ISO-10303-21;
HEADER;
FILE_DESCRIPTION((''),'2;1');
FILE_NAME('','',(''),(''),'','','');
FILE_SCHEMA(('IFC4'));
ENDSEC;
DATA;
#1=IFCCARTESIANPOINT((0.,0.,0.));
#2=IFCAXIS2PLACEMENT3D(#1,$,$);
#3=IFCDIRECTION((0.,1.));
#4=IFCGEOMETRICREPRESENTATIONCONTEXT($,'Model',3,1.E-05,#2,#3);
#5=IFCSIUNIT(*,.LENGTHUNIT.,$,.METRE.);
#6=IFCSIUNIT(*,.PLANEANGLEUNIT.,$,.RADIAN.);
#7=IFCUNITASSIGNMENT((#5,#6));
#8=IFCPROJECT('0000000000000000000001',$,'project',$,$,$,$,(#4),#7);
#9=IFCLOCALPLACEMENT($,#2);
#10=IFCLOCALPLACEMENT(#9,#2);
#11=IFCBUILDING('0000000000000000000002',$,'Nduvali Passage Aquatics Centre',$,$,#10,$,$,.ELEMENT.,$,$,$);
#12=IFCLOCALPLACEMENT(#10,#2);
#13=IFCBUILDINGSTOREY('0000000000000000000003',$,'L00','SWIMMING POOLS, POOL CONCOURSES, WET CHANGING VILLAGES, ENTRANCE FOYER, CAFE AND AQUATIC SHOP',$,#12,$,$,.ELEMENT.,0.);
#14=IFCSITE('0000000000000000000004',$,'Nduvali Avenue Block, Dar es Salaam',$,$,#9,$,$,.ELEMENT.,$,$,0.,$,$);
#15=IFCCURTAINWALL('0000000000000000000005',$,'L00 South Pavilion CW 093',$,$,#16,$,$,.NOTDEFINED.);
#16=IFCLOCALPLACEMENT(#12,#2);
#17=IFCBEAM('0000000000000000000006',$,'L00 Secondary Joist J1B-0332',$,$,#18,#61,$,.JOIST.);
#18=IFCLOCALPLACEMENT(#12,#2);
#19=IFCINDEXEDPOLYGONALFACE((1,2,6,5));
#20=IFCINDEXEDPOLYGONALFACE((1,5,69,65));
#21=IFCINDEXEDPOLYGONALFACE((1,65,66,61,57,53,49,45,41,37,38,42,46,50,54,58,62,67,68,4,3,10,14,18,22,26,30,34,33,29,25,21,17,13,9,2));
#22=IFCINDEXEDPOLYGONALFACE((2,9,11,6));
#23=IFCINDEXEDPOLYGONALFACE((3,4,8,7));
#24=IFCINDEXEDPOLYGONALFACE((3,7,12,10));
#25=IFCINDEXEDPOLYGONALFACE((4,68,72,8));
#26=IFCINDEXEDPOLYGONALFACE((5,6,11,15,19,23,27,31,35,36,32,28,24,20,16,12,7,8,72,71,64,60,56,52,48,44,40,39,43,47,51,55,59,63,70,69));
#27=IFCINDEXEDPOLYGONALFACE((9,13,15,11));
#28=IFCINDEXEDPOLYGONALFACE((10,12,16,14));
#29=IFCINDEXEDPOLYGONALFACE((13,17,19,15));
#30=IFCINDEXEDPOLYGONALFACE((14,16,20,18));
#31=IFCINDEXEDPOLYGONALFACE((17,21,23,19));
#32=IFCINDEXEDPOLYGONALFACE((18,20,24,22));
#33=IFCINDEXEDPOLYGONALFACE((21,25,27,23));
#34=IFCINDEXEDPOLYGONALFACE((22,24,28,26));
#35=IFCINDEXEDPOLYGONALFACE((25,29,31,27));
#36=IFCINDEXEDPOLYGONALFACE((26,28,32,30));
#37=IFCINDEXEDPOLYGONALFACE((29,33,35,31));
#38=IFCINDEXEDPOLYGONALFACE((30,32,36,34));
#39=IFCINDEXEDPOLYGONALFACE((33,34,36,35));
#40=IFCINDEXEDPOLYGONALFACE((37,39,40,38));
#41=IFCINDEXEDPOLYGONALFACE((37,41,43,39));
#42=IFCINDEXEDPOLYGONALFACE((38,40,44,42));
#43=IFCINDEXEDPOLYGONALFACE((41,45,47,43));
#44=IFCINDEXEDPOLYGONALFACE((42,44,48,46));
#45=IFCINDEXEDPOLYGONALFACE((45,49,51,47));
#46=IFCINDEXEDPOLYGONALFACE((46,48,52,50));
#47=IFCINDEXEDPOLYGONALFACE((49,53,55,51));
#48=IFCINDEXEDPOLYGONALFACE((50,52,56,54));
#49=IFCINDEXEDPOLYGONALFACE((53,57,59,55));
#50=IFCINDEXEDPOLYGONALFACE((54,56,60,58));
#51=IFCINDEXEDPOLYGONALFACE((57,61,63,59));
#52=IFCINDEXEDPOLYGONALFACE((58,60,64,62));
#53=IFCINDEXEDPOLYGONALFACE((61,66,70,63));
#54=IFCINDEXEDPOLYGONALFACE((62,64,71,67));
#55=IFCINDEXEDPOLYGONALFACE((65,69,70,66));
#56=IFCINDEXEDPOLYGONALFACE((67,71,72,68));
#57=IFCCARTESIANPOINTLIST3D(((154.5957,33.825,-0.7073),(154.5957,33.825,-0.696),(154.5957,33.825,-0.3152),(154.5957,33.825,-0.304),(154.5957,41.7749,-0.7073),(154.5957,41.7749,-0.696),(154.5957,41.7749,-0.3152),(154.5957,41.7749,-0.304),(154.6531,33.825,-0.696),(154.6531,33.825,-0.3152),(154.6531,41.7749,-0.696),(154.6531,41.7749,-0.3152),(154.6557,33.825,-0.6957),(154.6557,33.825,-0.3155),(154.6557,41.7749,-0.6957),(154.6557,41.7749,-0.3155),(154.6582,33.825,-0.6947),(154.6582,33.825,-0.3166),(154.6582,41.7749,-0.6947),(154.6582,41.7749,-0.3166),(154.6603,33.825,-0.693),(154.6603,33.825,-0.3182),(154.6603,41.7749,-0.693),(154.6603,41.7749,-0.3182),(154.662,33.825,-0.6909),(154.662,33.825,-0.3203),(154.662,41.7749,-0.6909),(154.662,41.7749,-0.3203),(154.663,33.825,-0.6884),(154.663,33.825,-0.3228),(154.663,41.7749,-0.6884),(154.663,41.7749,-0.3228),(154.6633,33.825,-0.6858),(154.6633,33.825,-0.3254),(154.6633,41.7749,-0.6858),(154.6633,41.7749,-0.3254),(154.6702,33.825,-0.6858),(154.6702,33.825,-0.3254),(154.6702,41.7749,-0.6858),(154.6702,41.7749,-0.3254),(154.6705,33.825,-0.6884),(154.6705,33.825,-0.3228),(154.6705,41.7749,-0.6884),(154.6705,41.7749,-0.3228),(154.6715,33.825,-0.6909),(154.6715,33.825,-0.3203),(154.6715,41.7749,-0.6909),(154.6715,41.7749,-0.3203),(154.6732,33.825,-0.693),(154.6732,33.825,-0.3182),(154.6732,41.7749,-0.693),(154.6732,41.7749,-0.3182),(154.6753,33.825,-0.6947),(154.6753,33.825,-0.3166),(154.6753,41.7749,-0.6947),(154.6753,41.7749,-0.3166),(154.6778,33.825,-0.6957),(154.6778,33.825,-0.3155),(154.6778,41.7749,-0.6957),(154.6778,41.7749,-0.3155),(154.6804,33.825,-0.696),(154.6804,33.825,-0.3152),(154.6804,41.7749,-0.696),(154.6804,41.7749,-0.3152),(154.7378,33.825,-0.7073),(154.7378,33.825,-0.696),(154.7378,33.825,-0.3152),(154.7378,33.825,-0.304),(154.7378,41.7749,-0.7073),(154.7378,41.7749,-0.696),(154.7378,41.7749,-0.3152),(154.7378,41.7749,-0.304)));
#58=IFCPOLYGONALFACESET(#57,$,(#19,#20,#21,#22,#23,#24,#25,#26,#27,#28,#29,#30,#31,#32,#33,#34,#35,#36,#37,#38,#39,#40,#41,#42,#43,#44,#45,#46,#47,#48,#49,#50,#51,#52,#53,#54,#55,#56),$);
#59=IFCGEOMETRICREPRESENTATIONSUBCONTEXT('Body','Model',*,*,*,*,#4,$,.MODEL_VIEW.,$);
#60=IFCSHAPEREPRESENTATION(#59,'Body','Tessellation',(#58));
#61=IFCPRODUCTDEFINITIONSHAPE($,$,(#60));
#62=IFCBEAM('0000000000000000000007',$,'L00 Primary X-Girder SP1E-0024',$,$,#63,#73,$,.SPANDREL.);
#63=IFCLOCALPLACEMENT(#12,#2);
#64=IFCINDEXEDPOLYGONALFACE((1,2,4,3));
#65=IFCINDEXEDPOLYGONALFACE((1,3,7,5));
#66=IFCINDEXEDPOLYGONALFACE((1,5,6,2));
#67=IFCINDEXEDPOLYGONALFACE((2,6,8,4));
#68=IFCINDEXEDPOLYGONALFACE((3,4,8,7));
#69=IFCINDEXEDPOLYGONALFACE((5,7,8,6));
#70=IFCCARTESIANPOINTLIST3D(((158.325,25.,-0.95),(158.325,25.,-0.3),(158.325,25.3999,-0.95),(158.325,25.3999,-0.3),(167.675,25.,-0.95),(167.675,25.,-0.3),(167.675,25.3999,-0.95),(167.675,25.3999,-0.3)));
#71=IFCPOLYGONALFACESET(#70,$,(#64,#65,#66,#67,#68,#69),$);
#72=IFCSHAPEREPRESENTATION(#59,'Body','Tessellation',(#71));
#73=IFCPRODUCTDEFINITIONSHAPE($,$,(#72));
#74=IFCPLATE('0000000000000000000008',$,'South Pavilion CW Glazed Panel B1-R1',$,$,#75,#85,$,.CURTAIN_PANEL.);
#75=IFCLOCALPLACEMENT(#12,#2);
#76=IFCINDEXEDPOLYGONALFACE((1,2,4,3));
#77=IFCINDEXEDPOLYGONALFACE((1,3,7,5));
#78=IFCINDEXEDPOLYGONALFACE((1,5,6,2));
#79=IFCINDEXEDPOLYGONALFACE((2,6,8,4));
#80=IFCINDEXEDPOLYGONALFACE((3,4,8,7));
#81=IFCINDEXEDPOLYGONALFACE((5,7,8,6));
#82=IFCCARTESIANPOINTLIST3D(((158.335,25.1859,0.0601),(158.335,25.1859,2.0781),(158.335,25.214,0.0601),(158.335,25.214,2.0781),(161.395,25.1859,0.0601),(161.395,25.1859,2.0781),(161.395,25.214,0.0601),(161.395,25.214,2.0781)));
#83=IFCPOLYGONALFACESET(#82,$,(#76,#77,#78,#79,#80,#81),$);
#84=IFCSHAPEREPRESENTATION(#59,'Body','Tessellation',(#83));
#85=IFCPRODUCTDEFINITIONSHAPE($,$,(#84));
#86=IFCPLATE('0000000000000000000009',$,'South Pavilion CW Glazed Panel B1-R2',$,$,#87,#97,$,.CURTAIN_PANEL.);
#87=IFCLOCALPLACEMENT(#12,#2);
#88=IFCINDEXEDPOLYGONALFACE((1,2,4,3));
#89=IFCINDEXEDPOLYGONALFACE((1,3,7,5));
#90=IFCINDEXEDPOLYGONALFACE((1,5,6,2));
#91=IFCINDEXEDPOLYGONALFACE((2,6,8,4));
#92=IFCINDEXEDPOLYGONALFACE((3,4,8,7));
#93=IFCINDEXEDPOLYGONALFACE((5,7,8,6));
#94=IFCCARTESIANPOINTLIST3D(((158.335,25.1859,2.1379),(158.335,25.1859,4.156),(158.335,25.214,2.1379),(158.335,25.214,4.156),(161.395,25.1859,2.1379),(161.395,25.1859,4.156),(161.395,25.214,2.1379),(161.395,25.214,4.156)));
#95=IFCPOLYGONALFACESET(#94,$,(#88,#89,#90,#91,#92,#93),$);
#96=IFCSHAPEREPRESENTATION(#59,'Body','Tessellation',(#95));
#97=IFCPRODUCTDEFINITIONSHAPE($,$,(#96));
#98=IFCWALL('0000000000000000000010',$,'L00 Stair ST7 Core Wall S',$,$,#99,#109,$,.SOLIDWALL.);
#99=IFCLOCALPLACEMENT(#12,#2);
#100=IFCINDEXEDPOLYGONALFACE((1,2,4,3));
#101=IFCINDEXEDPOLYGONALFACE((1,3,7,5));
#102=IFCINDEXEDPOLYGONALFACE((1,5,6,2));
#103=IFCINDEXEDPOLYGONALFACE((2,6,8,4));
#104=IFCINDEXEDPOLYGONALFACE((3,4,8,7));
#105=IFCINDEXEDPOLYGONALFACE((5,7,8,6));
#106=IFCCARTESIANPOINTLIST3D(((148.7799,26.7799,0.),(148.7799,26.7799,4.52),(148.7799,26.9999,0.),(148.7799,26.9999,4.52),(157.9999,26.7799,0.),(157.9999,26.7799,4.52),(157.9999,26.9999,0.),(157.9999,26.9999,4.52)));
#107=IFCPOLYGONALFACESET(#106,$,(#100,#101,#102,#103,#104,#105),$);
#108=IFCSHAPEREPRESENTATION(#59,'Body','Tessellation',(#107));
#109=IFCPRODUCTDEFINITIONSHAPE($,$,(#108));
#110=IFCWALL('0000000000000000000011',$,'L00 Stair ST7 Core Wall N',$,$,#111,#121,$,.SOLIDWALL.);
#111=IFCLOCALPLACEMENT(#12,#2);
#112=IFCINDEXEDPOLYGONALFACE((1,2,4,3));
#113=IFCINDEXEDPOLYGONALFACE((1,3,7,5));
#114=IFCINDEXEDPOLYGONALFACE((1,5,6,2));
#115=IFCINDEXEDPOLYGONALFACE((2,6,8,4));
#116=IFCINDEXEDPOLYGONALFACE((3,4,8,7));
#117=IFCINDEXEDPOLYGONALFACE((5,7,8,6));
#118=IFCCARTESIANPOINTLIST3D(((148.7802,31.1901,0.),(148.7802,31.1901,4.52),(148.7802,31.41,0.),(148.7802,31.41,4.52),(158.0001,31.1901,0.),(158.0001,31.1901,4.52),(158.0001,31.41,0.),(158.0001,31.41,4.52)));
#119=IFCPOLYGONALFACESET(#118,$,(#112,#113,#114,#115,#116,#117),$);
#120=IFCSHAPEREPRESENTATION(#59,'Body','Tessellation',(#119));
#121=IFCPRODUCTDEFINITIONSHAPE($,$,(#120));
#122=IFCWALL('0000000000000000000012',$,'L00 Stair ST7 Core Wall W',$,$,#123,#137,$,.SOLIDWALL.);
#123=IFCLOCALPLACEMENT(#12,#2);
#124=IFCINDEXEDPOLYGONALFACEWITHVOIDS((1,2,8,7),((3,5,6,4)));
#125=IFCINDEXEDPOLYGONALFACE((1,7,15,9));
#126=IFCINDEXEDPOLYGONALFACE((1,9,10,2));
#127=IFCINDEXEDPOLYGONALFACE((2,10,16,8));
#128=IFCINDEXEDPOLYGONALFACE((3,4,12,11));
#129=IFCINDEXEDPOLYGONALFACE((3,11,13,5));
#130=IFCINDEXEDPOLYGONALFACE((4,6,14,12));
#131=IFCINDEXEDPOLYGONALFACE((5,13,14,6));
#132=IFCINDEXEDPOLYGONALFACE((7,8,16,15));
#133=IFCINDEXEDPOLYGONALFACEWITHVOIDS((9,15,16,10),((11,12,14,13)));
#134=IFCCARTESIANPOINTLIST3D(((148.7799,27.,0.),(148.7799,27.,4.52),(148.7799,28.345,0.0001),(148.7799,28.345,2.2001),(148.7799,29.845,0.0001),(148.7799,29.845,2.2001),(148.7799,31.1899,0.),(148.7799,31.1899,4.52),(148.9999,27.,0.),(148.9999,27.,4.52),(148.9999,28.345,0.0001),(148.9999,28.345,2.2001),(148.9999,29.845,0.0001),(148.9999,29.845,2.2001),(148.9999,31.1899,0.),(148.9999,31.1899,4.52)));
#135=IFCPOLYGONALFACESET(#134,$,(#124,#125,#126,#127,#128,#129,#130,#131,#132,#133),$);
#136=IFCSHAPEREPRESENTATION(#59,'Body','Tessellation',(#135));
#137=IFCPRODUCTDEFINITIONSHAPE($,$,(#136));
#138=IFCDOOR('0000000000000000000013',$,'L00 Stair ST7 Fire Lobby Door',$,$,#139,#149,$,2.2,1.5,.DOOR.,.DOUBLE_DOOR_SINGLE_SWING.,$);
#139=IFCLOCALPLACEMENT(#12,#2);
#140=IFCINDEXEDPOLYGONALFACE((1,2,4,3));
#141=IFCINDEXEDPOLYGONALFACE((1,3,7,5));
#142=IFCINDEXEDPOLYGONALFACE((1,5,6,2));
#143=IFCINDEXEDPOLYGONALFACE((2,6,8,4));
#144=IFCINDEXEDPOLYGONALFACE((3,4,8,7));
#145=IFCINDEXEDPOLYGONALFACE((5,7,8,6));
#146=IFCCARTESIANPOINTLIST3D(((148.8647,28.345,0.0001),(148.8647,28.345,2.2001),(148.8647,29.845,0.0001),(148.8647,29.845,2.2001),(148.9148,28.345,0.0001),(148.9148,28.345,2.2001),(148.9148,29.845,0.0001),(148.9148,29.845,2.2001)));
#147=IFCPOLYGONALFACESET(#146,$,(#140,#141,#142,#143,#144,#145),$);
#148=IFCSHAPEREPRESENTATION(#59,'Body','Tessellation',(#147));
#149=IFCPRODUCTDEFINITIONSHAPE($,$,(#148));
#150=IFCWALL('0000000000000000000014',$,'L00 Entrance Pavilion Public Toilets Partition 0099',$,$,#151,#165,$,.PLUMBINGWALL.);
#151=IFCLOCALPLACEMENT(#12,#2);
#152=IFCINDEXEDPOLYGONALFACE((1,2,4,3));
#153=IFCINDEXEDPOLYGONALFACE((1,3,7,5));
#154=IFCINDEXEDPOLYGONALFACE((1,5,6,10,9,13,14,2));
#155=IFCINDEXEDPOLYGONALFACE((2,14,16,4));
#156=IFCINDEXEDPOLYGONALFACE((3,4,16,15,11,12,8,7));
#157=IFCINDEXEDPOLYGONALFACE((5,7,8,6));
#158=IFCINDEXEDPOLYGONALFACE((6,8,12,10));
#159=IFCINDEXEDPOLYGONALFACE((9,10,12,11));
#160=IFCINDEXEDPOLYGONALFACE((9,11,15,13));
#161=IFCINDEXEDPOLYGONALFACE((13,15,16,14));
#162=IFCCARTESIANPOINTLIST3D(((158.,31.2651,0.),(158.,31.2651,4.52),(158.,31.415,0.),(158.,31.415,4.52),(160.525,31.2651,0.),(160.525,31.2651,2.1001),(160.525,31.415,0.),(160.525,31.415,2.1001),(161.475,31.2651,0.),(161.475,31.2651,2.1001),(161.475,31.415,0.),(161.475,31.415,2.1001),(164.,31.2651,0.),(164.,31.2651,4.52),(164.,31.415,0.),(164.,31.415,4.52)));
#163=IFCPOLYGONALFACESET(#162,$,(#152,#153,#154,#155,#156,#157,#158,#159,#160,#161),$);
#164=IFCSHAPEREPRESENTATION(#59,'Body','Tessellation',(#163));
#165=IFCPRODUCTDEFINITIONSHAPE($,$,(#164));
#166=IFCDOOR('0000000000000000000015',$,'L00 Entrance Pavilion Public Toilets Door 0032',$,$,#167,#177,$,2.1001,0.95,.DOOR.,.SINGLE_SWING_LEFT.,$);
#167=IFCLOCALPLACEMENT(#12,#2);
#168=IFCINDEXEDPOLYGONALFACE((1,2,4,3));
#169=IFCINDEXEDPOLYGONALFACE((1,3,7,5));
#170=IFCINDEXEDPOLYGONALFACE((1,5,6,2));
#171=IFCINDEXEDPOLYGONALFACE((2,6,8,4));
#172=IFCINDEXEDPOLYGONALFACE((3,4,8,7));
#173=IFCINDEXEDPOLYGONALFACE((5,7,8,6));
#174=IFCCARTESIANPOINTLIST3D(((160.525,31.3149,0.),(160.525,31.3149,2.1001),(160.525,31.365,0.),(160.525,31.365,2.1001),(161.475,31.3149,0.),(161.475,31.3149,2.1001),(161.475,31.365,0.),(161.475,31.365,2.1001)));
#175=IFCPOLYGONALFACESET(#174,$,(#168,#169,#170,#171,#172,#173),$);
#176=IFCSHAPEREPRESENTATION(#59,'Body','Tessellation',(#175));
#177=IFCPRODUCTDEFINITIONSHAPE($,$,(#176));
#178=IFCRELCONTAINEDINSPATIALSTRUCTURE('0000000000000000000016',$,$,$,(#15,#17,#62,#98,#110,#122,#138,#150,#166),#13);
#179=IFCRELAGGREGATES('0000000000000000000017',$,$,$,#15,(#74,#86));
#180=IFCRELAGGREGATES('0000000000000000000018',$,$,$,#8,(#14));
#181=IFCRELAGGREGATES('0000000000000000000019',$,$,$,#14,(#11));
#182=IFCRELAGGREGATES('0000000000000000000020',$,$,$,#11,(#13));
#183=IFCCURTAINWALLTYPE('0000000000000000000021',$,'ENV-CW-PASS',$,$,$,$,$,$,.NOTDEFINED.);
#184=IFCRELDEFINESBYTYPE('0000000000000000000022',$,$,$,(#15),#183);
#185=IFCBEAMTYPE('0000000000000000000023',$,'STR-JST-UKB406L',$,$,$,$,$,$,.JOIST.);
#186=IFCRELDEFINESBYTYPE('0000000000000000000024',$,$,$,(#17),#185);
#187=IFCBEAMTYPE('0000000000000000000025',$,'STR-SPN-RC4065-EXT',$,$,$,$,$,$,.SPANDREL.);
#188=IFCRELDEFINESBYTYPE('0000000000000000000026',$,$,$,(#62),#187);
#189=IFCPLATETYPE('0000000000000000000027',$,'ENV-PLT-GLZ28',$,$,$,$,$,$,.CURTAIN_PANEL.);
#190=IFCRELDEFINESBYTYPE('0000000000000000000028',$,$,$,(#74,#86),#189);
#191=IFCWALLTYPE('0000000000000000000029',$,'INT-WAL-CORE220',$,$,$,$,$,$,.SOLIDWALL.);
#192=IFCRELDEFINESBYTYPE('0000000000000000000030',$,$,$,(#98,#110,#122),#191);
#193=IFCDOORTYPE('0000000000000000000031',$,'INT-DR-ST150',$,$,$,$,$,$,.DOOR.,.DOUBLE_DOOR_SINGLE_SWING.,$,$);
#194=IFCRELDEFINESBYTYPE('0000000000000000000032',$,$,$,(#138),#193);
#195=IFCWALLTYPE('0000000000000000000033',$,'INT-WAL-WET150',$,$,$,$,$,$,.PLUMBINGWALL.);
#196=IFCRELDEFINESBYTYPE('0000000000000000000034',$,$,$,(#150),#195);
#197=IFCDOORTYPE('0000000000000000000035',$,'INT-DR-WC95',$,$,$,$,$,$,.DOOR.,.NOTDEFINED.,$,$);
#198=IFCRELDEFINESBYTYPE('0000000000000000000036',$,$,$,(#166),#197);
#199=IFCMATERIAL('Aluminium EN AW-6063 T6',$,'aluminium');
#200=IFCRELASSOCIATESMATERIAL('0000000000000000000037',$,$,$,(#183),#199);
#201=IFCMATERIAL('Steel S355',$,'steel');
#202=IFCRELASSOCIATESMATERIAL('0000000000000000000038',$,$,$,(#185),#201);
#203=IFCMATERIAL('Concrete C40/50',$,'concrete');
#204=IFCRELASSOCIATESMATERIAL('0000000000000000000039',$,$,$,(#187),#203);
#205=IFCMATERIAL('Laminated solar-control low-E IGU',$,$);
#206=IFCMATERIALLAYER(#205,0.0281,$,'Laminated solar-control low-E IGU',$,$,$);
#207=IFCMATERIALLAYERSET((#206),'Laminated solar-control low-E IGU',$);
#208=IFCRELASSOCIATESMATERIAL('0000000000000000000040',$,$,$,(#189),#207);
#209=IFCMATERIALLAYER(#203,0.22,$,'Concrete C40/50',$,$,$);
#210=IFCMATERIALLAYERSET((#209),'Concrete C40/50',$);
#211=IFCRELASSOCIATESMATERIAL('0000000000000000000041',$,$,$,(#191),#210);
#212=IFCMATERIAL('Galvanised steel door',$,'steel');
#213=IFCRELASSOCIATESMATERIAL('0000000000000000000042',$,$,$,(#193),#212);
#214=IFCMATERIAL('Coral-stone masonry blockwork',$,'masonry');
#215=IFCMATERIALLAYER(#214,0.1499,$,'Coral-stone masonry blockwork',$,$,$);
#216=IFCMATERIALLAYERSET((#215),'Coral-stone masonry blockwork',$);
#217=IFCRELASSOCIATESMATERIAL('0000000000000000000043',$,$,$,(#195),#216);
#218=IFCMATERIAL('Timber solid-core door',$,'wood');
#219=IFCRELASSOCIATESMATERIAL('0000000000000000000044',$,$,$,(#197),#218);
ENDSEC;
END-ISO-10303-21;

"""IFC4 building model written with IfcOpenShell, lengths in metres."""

from ifc_helpers import new_model, si_unit, direction, frame, frame_2d, origin, origin_2d, place, context, subcontext, project, spatial, rectangle, i_section, extrude, material, layer, layer_set, material_profile, profile_set, type_object, element, fill, aggregate, save


model = new_model("IFC4")

# Units and contexts
model_context = context("Model", 3, precision=1e-05, world=origin(), true_north=direction((0.0, 1.0)))
body_context = subcontext(model_context, "Body", "Model", "MODEL_VIEW")
ifc_project = project(units=[si_unit("LENGTHUNIT", "METRE"), si_unit("PLANEANGLEUNIT", "RADIAN")], contexts=[model_context])

# Site, building, storey
site_placement = place(None, origin())
site = spatial("IfcSite", under=ifc_project, at=site_placement, Name="Nduvali Avenue Block, Dar es Salaam", CompositionType="ELEMENT", RefElevation=0.0)
building_placement = place(site_placement, origin())
building = spatial("IfcBuilding", under=site, at=building_placement, Name="Nduvali Passage Aquatics Centre", CompositionType="ELEMENT")
storey_placement = place(building_placement, origin())
storey = spatial("IfcBuildingStorey", under=building, at=storey_placement, Name="L00", Description="SWIMMING POOLS, POOL CONCOURSES, WET CHANGING VILLAGES, ENTRANCE FOYER, CAFE AND AQUATIC SHOP", CompositionType="ELEMENT", Elevation=0.0)

# Shared definitions
ifc_material_1 = material(Name="Concrete C40/50", Category="concrete")

# Curtain wall
ifc_material_2 = material(Name="Aluminium EN AW-6063 T6", Category="aluminium")
curtain_wall_type = type_object("IfcCurtainWallType", Name="ENV-CW-PASS", PredefinedType="NOTDEFINED", material=ifc_material_2)
curtain_wall_placement = place(storey_placement, origin())
curtain_wall = element("IfcCurtainWall", 1, at=curtain_wall_placement, inside=storey, type_object=curtain_wall_type, Name="L00 South Pavilion CW 093", PredefinedType="NOTDEFINED")

# Beams
ifc_material_3 = material(Name="Steel S355", Category="steel")
ifc_material_profile_1 = material_profile(ifc_material_3, i_section(OverallWidth=0.1421, OverallDepth=0.4033, WebThickness=0.0068, FlangeThickness=0.0112, FilletRadius=0.0103, at=origin_2d()), Name="UKB 406x140x46")
ifc_profile_set_1 = profile_set([ifc_material_profile_1], Name="Steel S355")
beam_type_1 = type_object("IfcBeamType", Name="STR-JST-UKB406L", PredefinedType="JOIST", material=ifc_profile_set_1)
for number, where, z_axis, x_axis, name in (
    (2, (154.6667, 33.825, -0.5056), (0.0, 1.0, 0.0), (-1.0, 0.0, 0.0), "L00 Secondary Joist J1B-0332"),
):
    element("IfcBeam", number, at=place(storey_placement, frame(where, z_axis=z_axis, x_axis=x_axis)), inside=storey, type_object=beam_type_1, Name=name, PredefinedType="JOIST", context=body_context, shape_type="SweptSolid", body=[
        extrude(i_section(OverallWidth=0.1421, OverallDepth=0.4033, WebThickness=0.0068, FlangeThickness=0.0112, FilletRadius=0.0103, at=origin_2d()), origin(), (0.0, 0.0, 1.0), 7.95),
    ])
ifc_material_profile_2 = material_profile(ifc_material_1, rectangle(XDim=0.3999, YDim=0.6499, at=origin_2d()), Name="RC 400x650")
ifc_profile_set_2 = profile_set([ifc_material_profile_2], Name="Concrete C40/50")
beam_type_2 = type_object("IfcBeamType", Name="STR-SPN-RC4065-EXT", PredefinedType="SPANDREL", material=ifc_profile_set_2)
beam_1_placement = place(storey_placement, frame((158.325, 25.2, -0.625), z_axis=(1.0, 0.0, 0.0), x_axis=(0.0, 1.0, 0.0)))
element("IfcBeam", 3, at=beam_1_placement, inside=storey, type_object=beam_type_2, Name="L00 Primary X-Girder SP1E-0024", PredefinedType="SPANDREL", context=body_context, shape_type="SweptSolid", body=[
    extrude(rectangle(XDim=0.3999, YDim=0.6499, at=origin_2d()), origin(), (0.0, 0.0, 1.0), 9.3501),
])

# Plates
ifc_material_4 = material(Name="Laminated solar-control low-E IGU")
ifc_layer_1 = layer(ifc_material_4, 0.0281, Name="Laminated solar-control low-E IGU")
ifc_layer_set_1 = layer_set([ifc_layer_1], Name="Laminated solar-control low-E IGU")
plate_type = type_object("IfcPlateType", Name="ENV-PLT-GLZ28", PredefinedType="CURTAIN_PANEL", material=ifc_layer_set_1)
plate_1_placement = place(storey_placement, frame((159.865, 25.2, 0.0601), z_axis=(0.0, 0.0, 1.0), x_axis=(1.0, 0.0, 0.0)))
plate_1 = element("IfcPlate", 4, at=plate_1_placement, type_object=plate_type, Name="South Pavilion CW Glazed Panel B1-R1", PredefinedType="CURTAIN_PANEL", context=body_context, shape_type="SweptSolid", body=[
    extrude(rectangle(XDim=3.0601, YDim=0.0281, at=origin_2d()), origin(), (0.0, 0.0, 1.0), 2.0181),
])
plate_2_placement = place(storey_placement, frame((159.865, 25.2, 2.1379), z_axis=(0.0, 0.0, 1.0), x_axis=(1.0, 0.0, 0.0)))
plate_2 = element("IfcPlate", 5, at=plate_2_placement, type_object=plate_type, Name="South Pavilion CW Glazed Panel B1-R2", PredefinedType="CURTAIN_PANEL", context=body_context, shape_type="SweptSolid", body=[
    extrude(rectangle(XDim=3.0601, YDim=0.0281, at=origin_2d()), origin(), (0.0, 0.0, 1.0), 2.0181),
])
aggregate(curtain_wall, [plate_1, plate_2])

# Walls
ifc_layer_2 = layer(ifc_material_1, 0.22, Name="Concrete C40/50")
ifc_layer_set_2 = layer_set([ifc_layer_2], Name="Concrete C40/50")
wall_type_1 = type_object("IfcWallType", Name="INT-WAL-CORE220", PredefinedType="SOLIDWALL", material=ifc_layer_set_2)
for number, where, z_axis, x_axis, name in (
    (6, (148.78, 26.8899, 0.0), (0.0, 0.0, 1.0), (1.0, 0.0, 0.0), "L00 Stair ST7 Core Wall S"),
    (7, (158.0, 31.3, 0.0), (0.0, 0.0, 1.0), (-1.0, 0.0, 0.0), "L00 Stair ST7 Core Wall N"),
):
    element("IfcWall", number, at=place(storey_placement, frame(where, z_axis=z_axis, x_axis=x_axis)), inside=storey, type_object=wall_type_1, Name=name, PredefinedType="SOLIDWALL", context=body_context, shape_type="SweptSolid", body=[
        extrude(rectangle(XDim=9.22, YDim=0.22, at=frame_2d((4.6099, 0.0))), origin(), (0.0, 0.0, 1.0), 4.52),
    ])

# Walls, openings, doors
wall_1_placement = place(storey_placement, frame((148.8899, 31.1899, 0.0), z_axis=(0.0, 0.0, 1.0), x_axis=(0.0, -1.0, 0.0)))
wall_1 = element("IfcWall", 8, at=wall_1_placement, inside=storey, type_object=wall_type_1, Name="L00 Stair ST7 Core Wall W", PredefinedType="SOLIDWALL", context=body_context, shape_type="SweptSolid", body=[
    extrude(rectangle(XDim=4.1899, YDim=0.22, at=frame_2d((2.095, 0.0))), origin(), (0.0, 0.0, 1.0), 4.52),
])
opening_1_placement = place(wall_1_placement, frame((1.345, 0.0, 0.0)))
opening_1 = element("IfcOpeningElement", 9, at=opening_1_placement, cuts=wall_1, PredefinedType="OPENING", context=body_context, shape_type="SweptSolid", body=[
    extrude(rectangle(XDim=1.5, YDim=2.2, at=frame_2d((0.75, 1.1001))), frame((0.0, 0.125, 0.0), z_axis=(0.0, -1.0, 0.0), x_axis=(1.0, 0.0, 0.0)), (0.0, 0.0, 1.0), 0.2498),
])
ifc_material_5 = material(Name="Galvanised steel door", Category="steel")
door_type_1 = type_object("IfcDoorType", Name="INT-DR-ST150", OperationType="DOUBLE_DOOR_SINGLE_SWING", PredefinedType="DOOR", material=ifc_material_5)
door_1_placement = place(opening_1_placement, origin())
door_1 = element("IfcDoor", 10, at=door_1_placement, inside=storey, type_object=door_type_1, Name="L00 Stair ST7 Fire Lobby Door", OperationType="DOUBLE_DOOR_SINGLE_SWING", OverallHeight=2.2, OverallWidth=1.5, PredefinedType="DOOR", context=body_context, shape_type="SweptSolid", body=[
    extrude(rectangle(XDim=1.5, YDim=2.2, at=frame_2d((0.75, 1.1001))), frame((0.0, 0.0249, 0.0), z_axis=(0.0, -1.0, 0.0), x_axis=(1.0, 0.0, 0.0)), (0.0, 0.0, 1.0), 0.05),
])
fill(opening_1, door_1)
ifc_material_6 = material(Name="Coral-stone masonry blockwork", Category="masonry")
ifc_layer_3 = layer(ifc_material_6, 0.1499, Name="Coral-stone masonry blockwork")
ifc_layer_set_3 = layer_set([ifc_layer_3], Name="Coral-stone masonry blockwork")
wall_type_2 = type_object("IfcWallType", Name="INT-WAL-WET150", PredefinedType="PLUMBINGWALL", material=ifc_layer_set_3)
wall_2_placement = place(storey_placement, frame((158.0, 31.3401, 0.0), z_axis=(0.0, 0.0, 1.0), x_axis=(1.0, 0.0, 0.0)))
wall_2 = element("IfcWall", 11, at=wall_2_placement, inside=storey, type_object=wall_type_2, Name="L00 Entrance Pavilion Public Toilets Partition 0099", PredefinedType="PLUMBINGWALL", context=body_context, shape_type="SweptSolid", body=[
    extrude(rectangle(XDim=6.0, YDim=0.1499, at=frame_2d((3.0, 0.0))), origin(), (0.0, 0.0, 1.0), 4.52),
])
opening_2_placement = place(wall_2_placement, frame((2.5249, 0.0, 0.0)))
opening_2 = element("IfcOpeningElement", 12, at=opening_2_placement, cuts=wall_2, PredefinedType="OPENING", context=body_context, shape_type="SweptSolid", body=[
    extrude(rectangle(XDim=0.95, YDim=2.1001, at=frame_2d((0.4751, 1.05))), frame((0.0, 0.0898, 0.0), z_axis=(0.0, -1.0, 0.0), x_axis=(1.0, 0.0, 0.0)), (0.0, 0.0, 1.0), 0.1797),
])
ifc_material_7 = material(Name="Timber solid-core door", Category="wood")
door_type_2 = type_object("IfcDoorType", Name="INT-DR-WC95", OperationType="NOTDEFINED", PredefinedType="DOOR", material=ifc_material_7)
door_2_placement = place(opening_2_placement, origin())
door_2 = element("IfcDoor", 13, at=door_2_placement, inside=storey, type_object=door_type_2, Name="L00 Entrance Pavilion Public Toilets Door 0032", OperationType="SINGLE_SWING_LEFT", OverallHeight=2.1001, OverallWidth=0.95, PredefinedType="DOOR", context=body_context, shape_type="SweptSolid", body=[
    extrude(rectangle(XDim=0.95, YDim=2.1001, at=frame_2d((0.4751, 1.05))), frame((0.0, 0.0249, 0.0), z_axis=(0.0, -1.0, 0.0), x_axis=(1.0, 0.0, 0.0)), (0.0, 0.0, 1.0), 0.05),
])
fill(opening_2, door_2)

save(model, "model.ifc")
